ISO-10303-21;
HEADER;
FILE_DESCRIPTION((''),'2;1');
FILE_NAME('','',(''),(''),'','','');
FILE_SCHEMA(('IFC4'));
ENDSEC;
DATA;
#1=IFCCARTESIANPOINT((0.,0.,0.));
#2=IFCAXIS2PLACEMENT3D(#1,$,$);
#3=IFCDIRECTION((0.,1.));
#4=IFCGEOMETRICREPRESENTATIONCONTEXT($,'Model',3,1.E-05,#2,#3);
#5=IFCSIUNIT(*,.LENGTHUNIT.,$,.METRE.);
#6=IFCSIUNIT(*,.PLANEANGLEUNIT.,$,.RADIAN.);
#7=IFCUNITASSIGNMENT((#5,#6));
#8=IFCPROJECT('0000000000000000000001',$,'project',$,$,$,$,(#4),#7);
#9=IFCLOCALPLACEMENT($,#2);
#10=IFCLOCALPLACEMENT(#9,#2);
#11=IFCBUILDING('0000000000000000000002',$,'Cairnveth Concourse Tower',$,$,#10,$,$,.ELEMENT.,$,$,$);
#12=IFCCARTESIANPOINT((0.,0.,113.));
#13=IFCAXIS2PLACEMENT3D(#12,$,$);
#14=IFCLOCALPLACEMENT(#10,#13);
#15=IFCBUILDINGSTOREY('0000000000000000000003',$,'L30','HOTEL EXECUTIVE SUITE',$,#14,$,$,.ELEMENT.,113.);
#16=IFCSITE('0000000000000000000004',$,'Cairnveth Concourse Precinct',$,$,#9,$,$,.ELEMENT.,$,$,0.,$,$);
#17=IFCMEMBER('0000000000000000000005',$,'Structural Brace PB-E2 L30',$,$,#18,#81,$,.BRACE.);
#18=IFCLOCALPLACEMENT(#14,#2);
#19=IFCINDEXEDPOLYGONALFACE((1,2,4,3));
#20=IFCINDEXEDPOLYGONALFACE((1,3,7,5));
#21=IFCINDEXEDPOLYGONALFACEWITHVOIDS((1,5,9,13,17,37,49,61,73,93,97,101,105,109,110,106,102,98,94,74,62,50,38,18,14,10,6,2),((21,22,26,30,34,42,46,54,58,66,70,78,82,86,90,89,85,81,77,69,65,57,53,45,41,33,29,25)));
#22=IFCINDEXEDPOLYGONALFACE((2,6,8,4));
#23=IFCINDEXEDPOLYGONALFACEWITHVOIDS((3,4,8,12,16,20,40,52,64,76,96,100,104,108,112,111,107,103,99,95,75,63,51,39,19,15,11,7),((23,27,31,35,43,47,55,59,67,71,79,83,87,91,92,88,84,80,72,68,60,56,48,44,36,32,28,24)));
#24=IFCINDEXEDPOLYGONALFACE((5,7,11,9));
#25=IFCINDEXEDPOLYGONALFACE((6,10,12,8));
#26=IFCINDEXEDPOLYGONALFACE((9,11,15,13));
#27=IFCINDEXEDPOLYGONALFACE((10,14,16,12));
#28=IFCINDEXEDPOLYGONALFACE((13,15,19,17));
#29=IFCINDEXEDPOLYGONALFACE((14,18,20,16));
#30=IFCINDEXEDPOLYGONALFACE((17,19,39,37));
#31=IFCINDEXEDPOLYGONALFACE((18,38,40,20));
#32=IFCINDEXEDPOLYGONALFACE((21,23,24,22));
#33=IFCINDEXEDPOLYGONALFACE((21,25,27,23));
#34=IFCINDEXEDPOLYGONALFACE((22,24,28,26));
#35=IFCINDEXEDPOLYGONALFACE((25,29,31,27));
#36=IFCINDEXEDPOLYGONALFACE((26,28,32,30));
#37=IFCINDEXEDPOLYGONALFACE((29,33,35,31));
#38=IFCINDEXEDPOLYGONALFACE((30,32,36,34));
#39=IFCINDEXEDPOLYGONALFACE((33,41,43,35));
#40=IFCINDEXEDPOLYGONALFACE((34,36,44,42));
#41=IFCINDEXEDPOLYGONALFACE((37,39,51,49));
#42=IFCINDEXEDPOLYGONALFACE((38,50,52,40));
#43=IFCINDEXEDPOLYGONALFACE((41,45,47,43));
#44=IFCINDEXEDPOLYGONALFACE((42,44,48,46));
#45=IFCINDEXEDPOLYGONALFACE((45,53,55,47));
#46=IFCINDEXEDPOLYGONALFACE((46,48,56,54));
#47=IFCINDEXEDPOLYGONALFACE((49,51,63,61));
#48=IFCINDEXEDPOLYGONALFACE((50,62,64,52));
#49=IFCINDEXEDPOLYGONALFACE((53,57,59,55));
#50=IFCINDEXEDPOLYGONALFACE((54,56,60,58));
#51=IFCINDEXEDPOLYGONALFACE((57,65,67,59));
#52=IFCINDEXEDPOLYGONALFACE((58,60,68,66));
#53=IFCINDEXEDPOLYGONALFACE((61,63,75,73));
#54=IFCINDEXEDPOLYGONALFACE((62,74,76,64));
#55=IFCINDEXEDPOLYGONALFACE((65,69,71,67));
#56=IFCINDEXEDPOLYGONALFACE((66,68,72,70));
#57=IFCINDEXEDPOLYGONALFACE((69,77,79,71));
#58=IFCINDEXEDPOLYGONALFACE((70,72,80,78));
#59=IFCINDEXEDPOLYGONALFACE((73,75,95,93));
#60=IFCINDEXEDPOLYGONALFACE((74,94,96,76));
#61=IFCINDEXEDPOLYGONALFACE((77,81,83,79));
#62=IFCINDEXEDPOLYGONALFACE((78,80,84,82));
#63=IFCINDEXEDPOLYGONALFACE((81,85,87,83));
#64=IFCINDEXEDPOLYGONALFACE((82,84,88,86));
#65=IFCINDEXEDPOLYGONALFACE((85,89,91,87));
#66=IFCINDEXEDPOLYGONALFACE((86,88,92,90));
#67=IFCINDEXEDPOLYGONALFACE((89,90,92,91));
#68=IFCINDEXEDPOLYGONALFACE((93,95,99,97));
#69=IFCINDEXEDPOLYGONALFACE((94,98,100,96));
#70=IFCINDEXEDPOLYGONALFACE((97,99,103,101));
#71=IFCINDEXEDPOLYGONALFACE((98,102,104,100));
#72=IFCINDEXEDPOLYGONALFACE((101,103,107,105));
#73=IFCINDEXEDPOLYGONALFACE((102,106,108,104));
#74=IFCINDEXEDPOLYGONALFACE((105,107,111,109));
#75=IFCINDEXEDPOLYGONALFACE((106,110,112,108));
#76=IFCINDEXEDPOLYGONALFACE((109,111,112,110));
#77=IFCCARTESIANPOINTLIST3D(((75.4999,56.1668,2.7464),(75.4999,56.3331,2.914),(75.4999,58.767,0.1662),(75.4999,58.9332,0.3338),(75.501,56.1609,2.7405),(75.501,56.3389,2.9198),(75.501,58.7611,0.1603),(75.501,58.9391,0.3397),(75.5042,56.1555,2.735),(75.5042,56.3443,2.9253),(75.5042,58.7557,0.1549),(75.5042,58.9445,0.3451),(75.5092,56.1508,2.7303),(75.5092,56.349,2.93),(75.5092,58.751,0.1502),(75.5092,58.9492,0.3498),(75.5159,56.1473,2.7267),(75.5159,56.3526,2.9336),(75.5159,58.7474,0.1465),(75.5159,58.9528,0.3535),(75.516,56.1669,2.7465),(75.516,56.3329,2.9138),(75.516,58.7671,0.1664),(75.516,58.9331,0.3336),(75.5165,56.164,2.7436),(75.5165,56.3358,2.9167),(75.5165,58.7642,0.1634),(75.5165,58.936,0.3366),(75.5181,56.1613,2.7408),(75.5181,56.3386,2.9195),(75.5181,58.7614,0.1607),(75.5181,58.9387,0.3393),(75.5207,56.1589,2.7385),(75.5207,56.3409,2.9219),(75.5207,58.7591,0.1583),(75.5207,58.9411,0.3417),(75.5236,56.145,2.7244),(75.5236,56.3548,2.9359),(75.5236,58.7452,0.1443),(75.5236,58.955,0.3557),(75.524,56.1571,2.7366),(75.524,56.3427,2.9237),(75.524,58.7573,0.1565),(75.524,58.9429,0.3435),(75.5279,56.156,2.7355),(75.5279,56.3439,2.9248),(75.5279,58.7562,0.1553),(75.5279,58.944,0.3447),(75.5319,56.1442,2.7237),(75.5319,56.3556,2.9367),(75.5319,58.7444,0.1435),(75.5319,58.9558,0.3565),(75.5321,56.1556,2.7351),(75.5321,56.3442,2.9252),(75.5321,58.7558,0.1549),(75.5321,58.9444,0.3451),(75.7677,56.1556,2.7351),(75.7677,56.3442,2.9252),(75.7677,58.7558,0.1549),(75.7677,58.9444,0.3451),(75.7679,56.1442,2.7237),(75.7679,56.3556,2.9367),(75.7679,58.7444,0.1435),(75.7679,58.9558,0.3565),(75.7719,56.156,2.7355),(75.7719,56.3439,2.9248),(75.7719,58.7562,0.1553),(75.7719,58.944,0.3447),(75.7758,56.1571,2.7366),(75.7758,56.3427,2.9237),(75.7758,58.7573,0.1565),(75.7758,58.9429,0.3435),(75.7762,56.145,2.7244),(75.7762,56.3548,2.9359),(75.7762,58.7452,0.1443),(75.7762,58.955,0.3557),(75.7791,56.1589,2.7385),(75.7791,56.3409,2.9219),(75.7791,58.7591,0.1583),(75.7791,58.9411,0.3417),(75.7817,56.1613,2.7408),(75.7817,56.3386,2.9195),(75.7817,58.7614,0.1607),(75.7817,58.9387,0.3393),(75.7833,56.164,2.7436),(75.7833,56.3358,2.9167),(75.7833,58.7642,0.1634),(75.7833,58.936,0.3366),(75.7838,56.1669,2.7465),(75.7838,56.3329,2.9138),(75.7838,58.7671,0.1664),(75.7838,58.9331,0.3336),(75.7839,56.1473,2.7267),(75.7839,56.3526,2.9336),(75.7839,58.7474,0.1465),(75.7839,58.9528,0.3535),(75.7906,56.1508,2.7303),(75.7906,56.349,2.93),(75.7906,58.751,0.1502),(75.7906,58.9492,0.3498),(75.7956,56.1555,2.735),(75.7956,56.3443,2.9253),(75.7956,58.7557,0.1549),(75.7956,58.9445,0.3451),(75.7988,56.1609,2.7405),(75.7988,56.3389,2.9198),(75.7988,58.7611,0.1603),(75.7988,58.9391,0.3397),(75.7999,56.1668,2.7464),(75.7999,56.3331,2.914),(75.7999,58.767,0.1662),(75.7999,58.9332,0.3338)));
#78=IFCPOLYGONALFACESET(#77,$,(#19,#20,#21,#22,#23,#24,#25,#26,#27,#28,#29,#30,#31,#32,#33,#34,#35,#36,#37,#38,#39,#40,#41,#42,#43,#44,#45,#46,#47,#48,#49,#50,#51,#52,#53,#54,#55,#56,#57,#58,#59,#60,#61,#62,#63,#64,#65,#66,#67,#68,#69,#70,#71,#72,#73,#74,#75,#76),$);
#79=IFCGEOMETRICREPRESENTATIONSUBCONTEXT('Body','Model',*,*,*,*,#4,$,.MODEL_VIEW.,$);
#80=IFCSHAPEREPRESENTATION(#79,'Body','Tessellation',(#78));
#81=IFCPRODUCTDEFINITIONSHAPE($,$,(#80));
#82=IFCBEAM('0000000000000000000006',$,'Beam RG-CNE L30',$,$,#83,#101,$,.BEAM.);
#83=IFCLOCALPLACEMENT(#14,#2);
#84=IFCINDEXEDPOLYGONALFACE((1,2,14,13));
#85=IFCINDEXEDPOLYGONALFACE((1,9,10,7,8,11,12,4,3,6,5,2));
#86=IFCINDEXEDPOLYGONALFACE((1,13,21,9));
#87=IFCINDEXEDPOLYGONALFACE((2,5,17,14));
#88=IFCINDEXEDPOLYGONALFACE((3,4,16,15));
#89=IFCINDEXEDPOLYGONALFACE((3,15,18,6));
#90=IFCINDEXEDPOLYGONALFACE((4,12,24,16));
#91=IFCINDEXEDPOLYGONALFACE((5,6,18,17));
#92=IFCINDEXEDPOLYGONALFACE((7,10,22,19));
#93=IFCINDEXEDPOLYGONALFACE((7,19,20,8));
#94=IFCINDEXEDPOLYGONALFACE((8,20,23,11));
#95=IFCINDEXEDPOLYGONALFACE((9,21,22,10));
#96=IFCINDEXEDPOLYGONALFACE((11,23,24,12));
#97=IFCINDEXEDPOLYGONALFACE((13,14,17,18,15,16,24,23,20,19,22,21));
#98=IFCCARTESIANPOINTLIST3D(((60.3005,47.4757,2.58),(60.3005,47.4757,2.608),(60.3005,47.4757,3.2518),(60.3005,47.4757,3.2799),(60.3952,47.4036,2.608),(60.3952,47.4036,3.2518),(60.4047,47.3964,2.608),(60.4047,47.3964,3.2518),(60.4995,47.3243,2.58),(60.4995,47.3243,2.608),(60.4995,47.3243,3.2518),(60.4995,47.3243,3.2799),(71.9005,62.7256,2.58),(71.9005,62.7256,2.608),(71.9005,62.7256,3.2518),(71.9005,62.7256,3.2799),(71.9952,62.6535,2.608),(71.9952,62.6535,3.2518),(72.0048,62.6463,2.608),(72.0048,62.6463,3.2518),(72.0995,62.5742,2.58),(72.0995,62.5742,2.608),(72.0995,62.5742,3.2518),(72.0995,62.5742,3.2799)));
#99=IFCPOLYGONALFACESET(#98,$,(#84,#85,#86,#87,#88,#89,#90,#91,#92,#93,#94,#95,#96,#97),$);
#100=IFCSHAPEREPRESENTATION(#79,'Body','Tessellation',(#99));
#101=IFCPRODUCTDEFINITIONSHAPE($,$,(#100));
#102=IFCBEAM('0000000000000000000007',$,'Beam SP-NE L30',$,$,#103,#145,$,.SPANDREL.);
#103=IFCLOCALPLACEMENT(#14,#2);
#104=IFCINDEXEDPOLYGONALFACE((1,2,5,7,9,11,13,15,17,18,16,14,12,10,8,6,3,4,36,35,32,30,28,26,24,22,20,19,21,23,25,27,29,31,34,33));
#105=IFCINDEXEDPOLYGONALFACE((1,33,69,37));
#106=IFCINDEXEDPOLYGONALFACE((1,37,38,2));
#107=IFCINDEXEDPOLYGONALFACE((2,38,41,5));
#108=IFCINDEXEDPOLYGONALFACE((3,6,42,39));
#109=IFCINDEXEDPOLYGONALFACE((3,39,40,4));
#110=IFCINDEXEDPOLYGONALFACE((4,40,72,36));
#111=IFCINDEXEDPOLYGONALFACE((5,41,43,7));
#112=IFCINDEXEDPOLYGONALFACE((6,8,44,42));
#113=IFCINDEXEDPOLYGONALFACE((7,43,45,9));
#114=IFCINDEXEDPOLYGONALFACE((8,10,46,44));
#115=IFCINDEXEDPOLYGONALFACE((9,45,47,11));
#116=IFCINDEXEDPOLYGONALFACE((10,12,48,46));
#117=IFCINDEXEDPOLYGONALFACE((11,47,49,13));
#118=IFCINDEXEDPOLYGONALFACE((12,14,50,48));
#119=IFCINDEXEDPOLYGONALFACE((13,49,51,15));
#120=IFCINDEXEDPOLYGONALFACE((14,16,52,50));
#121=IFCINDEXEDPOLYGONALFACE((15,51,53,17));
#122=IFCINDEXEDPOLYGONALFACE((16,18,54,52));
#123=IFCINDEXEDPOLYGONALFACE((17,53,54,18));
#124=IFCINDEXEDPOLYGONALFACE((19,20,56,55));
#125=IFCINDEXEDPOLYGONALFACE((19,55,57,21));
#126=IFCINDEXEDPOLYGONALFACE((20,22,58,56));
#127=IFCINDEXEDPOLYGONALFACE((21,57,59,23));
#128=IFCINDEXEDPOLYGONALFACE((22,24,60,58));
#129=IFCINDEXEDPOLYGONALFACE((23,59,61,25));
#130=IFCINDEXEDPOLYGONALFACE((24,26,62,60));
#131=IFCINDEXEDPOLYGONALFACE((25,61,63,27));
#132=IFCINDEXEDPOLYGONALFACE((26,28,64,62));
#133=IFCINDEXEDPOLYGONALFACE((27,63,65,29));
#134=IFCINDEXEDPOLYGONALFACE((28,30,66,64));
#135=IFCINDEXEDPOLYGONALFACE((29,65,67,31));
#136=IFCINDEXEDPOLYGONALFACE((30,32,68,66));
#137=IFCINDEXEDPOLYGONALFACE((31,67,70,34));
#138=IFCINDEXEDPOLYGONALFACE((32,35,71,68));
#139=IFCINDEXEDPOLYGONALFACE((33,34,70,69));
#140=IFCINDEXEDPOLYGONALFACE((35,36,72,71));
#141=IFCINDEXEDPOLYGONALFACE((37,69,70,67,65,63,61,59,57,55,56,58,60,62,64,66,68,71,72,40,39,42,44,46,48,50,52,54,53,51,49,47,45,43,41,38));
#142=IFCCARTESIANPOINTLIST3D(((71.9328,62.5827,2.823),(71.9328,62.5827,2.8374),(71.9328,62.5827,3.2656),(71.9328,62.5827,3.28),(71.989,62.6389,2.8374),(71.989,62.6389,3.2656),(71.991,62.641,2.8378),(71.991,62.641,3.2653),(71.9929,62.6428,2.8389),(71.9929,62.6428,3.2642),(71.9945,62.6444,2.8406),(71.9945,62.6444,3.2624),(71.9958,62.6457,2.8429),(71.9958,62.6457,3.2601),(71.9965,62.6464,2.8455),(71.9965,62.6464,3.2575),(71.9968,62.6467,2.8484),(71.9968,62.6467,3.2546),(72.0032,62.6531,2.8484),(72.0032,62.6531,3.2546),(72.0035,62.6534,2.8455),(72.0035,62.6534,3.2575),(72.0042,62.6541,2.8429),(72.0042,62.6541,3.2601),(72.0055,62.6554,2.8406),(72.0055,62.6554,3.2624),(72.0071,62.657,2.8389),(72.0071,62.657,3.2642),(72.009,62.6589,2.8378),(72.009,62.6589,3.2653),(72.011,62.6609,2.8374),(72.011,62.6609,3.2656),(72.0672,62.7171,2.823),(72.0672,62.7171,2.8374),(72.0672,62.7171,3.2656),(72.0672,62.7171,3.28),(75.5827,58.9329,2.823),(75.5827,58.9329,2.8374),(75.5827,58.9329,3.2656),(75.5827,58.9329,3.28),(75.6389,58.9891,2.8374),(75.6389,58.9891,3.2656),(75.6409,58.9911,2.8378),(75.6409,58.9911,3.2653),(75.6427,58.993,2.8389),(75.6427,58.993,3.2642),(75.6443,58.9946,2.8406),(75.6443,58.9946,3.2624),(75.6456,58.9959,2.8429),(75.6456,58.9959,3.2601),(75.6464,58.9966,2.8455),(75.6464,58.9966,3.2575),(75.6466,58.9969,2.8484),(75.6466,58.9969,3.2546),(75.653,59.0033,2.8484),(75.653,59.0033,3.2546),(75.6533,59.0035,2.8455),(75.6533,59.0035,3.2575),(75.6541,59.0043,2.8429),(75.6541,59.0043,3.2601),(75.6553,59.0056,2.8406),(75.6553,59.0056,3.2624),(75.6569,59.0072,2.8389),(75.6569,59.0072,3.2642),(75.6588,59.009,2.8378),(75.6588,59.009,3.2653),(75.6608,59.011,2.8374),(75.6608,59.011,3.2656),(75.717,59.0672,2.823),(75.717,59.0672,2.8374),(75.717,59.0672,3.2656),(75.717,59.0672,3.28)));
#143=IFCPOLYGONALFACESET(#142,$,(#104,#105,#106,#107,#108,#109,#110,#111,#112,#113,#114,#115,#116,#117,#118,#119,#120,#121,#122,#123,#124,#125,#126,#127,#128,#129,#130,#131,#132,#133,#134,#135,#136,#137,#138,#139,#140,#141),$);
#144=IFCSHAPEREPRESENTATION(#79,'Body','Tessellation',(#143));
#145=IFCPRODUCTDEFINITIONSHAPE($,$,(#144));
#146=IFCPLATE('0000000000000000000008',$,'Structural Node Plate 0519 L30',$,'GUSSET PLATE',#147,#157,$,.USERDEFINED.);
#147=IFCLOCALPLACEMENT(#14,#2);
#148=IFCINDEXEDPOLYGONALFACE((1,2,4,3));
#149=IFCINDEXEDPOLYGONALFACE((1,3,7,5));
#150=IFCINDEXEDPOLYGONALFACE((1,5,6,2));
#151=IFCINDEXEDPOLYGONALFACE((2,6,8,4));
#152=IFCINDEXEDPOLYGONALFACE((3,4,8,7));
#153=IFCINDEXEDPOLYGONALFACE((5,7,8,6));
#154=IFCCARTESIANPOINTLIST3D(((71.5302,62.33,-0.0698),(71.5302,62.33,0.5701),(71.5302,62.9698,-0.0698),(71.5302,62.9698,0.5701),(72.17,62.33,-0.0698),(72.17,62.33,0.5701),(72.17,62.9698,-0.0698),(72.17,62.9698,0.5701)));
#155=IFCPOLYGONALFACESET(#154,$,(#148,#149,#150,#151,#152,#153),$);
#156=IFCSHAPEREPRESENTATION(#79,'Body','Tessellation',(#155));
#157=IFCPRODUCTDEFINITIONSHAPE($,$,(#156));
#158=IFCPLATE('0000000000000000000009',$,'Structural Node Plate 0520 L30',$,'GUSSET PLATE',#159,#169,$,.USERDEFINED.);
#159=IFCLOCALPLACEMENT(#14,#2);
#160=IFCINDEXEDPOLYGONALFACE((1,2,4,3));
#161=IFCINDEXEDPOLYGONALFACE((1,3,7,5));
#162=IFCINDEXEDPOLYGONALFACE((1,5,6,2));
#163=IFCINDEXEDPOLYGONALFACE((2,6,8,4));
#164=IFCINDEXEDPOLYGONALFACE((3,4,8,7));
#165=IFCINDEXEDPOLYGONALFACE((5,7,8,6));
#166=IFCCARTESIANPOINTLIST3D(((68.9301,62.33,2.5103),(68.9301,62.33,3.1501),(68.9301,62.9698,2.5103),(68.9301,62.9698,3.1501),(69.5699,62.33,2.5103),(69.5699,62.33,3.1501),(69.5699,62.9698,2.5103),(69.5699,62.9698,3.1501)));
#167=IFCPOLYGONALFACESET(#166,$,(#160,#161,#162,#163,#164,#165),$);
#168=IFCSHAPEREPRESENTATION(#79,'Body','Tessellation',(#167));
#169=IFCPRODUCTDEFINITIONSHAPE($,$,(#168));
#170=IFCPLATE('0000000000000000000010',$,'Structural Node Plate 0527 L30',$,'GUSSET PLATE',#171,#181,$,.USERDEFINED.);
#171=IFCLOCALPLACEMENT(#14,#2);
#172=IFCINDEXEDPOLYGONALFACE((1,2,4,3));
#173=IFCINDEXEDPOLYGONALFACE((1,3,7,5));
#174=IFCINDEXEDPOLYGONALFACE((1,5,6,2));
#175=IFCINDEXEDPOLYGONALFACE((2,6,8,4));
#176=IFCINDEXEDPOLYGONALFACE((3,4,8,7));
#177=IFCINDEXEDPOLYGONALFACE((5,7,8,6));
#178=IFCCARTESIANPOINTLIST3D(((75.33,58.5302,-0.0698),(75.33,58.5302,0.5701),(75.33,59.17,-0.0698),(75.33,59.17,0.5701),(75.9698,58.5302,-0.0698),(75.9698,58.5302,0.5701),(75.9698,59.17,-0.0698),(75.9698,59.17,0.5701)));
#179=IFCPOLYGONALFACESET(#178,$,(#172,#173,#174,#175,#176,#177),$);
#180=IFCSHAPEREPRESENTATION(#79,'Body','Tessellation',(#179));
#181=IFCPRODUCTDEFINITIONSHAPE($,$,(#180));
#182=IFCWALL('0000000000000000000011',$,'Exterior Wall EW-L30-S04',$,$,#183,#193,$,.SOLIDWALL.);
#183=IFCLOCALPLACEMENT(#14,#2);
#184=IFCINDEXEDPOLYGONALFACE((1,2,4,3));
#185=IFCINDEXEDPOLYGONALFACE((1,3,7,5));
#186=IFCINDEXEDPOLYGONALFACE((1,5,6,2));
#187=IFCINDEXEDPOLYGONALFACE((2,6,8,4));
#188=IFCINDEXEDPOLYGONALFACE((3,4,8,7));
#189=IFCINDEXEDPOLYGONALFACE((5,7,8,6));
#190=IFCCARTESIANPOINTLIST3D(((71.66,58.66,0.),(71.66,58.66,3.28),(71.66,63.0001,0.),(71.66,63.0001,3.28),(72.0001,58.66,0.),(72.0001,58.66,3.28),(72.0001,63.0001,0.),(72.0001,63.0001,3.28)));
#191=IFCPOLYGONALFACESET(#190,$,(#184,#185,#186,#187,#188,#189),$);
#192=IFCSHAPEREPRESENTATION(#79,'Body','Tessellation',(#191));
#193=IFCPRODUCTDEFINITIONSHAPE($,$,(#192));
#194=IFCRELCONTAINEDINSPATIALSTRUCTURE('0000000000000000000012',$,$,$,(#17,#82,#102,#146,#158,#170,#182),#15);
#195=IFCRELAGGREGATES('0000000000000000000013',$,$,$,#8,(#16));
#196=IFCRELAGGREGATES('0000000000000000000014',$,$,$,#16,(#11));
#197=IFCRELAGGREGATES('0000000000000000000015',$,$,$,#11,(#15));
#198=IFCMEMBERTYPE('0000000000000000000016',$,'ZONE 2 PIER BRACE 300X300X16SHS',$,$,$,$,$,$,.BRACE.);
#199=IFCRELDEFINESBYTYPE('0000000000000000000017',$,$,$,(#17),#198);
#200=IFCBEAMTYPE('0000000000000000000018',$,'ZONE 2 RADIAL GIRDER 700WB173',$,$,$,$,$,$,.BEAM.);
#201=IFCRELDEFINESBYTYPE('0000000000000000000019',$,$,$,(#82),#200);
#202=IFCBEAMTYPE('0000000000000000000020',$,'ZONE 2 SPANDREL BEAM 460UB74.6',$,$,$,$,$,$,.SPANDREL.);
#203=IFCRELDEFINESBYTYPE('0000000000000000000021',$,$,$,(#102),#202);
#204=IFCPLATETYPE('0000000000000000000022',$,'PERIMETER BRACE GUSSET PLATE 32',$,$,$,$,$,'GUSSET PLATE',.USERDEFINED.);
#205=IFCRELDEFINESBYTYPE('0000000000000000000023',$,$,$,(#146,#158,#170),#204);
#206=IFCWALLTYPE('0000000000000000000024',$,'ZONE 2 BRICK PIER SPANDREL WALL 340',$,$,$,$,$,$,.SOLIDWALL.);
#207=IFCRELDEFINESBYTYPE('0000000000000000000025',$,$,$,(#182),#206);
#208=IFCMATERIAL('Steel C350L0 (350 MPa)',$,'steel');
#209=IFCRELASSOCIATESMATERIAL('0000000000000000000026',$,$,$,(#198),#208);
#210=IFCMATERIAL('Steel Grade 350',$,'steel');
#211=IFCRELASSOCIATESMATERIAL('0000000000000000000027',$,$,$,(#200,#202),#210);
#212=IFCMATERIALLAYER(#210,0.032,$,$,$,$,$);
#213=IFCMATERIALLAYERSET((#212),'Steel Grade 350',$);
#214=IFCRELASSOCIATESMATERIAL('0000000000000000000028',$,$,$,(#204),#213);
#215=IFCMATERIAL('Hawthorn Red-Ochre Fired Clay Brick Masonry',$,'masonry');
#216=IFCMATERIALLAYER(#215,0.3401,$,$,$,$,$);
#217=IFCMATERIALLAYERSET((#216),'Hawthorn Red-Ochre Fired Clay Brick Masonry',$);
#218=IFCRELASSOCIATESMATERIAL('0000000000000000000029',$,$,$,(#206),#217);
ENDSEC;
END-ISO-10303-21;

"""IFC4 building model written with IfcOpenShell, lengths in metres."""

from ifc_helpers import new_model, si_unit, direction, frame, frame_2d, origin, origin_2d, place, context, subcontext, project, spatial, rectangle, hollow_rectangle, i_section, extrude, material, layer, layer_set, material_profile, profile_set, type_object, element, save


model = new_model("IFC4")

# Units and contexts
model_context = context("Model", 3, precision=1e-05, world=origin(), true_north=direction((0.0, 1.0)))
body_context = subcontext(model_context, "Body", "Model", "MODEL_VIEW")
ifc_project = project(units=[si_unit("LENGTHUNIT", "METRE"), si_unit("PLANEANGLEUNIT", "RADIAN")], contexts=[model_context])

# Site, building, storey
site_placement = place(None, origin())
site = spatial("IfcSite", under=ifc_project, at=site_placement, Name="Cairnveth Concourse Precinct", CompositionType="ELEMENT", RefElevation=0.0)
building_placement = place(site_placement, origin())
building = spatial("IfcBuilding", under=site, at=building_placement, Name="Cairnveth Concourse Tower", CompositionType="ELEMENT")
storey_placement = place(building_placement, frame((0.0, 0.0, 113.0)))
storey = spatial("IfcBuildingStorey", under=building, at=storey_placement, Name="L30", Description="HOTEL EXECUTIVE SUITE", CompositionType="ELEMENT", Elevation=113.0)

# Shared definitions
ifc_material_1 = material(Name="Steel Grade 350", Category="steel")

# Member
ifc_material_2 = material(Name="Steel C350L0 (350 MPa)", Category="steel")
ifc_material_profile_1 = material_profile(ifc_material_2, hollow_rectangle(XDim=0.3, YDim=0.3, WallThickness=0.0161, InnerFilletRadius=0.0161, OuterFilletRadius=0.032, at=origin_2d()), Name="300x300x16.0SHS")
ifc_profile_set_1 = profile_set([ifc_material_profile_1], Name="Steel C350L0 (350 MPa)")
member_type = type_object("IfcMemberType", Name="ZONE 2 PIER BRACE 300X300X16SHS", PredefinedType="BRACE", material=ifc_profile_set_1)
for number, where, z_axis, x_axis, name in (
    (1, (75.6499, 58.8501, 0.25), (0.0, -0.709834, 0.704369), (1.0, 0.0, 0.0), "Structural Brace PB-E2 L30"),
):
    element("IfcMember", number, at=place(storey_placement, frame(where, z_axis=z_axis, x_axis=x_axis)), inside=storey, type_object=member_type, Name=name, PredefinedType="BRACE", context=body_context, shape_type="SweptSolid", body=[
        extrude(hollow_rectangle(XDim=0.3, YDim=0.3, WallThickness=0.0161, InnerFilletRadius=0.0161, OuterFilletRadius=0.032, at=origin_2d()), origin(), (0.0, 0.0, 1.0), 3.6631),
    ])

# Beams
ifc_material_profile_2 = material_profile(ifc_material_1, i_section(OverallWidth=0.25, OverallDepth=0.7, WebThickness=0.012, FlangeThickness=0.0281, at=origin_2d()), Name="700WB173")
ifc_profile_set_2 = profile_set([ifc_material_profile_2], Name="Steel Grade 350")
beam_type_1 = type_object("IfcBeamType", Name="ZONE 2 RADIAL GIRDER 700WB173", PredefinedType="BEAM", material=ifc_profile_set_2)
beam_1_placement = place(storey_placement, frame((72.0, 62.6499, 2.9299), z_axis=(-0.605417, -0.795908, 0.0), x_axis=(0.795908, -0.605417, 0.0)))
element("IfcBeam", 2, at=beam_1_placement, inside=storey, type_object=beam_type_1, Name="Beam RG-CNE L30", PredefinedType="BEAM", context=body_context, shape_type="SweptSolid", body=[
    extrude(i_section(OverallWidth=0.25, OverallDepth=0.7, WebThickness=0.012, FlangeThickness=0.0281, at=origin_2d()), origin(), (0.0, 0.0, 1.0), 19.1604),
])
ifc_material_profile_3 = material_profile(ifc_material_1, i_section(OverallWidth=0.1899, OverallDepth=0.457, WebThickness=0.009, FlangeThickness=0.0144, FilletRadius=0.011, at=origin_2d()), Name="460UB74.6")
ifc_profile_set_3 = profile_set([ifc_material_profile_3], Name="Steel Grade 350")
beam_type_2 = type_object("IfcBeamType", Name="ZONE 2 SPANDREL BEAM 460UB74.6", PredefinedType="SPANDREL", material=ifc_profile_set_3)
beam_2_placement = place(storey_placement, frame((72.0, 62.6499, 3.0515), z_axis=(0.707107, -0.707107, 0.0), x_axis=(0.707107, 0.707107, 0.0)))
element("IfcBeam", 3, at=beam_2_placement, inside=storey, type_object=beam_type_2, Name="Beam SP-NE L30", PredefinedType="SPANDREL", context=body_context, shape_type="SweptSolid", body=[
    extrude(i_section(OverallWidth=0.1899, OverallDepth=0.457, WebThickness=0.009, FlangeThickness=0.0144, FilletRadius=0.011, at=origin_2d()), origin(), (0.0, 0.0, 1.0), 5.1616),
])

# Plates
ifc_layer_1 = layer(ifc_material_1, 0.032)
ifc_layer_set_1 = layer_set([ifc_layer_1], Name="Steel Grade 350")
plate_type = type_object("IfcPlateType", Name="PERIMETER BRACE GUSSET PLATE 32", ElementType="GUSSET PLATE", PredefinedType="USERDEFINED", material=ifc_layer_set_1)
for number, where, z_axis, x_axis, name in (
    (4, (71.8501, 62.6499, -0.0698), (0.0, 0.0, 1.0), (1.0, 0.0, 0.0), "Structural Node Plate 0519 L30"),
    (5, (69.25, 62.6499, 2.5103), (0.0, 0.0, 1.0), (1.0, 0.0, 0.0), "Structural Node Plate 0520 L30"),
    (6, (75.6499, 58.8501, -0.0698), (0.0, 0.0, 1.0), (1.0, 0.0, 0.0), "Structural Node Plate 0527 L30"),
):
    element("IfcPlate", number, at=place(storey_placement, frame(where, z_axis=z_axis, x_axis=x_axis)), inside=storey, type_object=plate_type, Name=name, ObjectType="GUSSET PLATE", PredefinedType="USERDEFINED", context=body_context, shape_type="SweptSolid", body=[
        extrude(rectangle(XDim=0.6399, YDim=0.6399, at=origin_2d()), origin(), (0.0, 0.0, 1.0), 0.6399),
    ])

# Wall
ifc_material_3 = material(Name="Hawthorn Red-Ochre Fired Clay Brick Masonry", Category="masonry")
ifc_layer_2 = layer(ifc_material_3, 0.3401)
ifc_layer_set_2 = layer_set([ifc_layer_2], Name="Hawthorn Red-Ochre Fired Clay Brick Masonry")
wall_type = type_object("IfcWallType", Name="ZONE 2 BRICK PIER SPANDREL WALL 340", PredefinedType="SOLIDWALL", material=ifc_layer_set_2)
wall_1_placement = place(storey_placement, frame((71.8301, 63.0, 0.0), z_axis=(0.0, 0.0, 1.0), x_axis=(0.0, -1.0, 0.0)))
element("IfcWall", 7, at=wall_1_placement, inside=storey, type_object=wall_type, Name="Exterior Wall EW-L30-S04", PredefinedType="SOLIDWALL", context=body_context, shape_type="SweptSolid", body=[
    extrude(rectangle(XDim=4.3401, YDim=0.3401, at=frame_2d((2.1699, 0.0))), origin(), (0.0, 0.0, 1.0), 3.28),
])

save(model, "model.ifc")
